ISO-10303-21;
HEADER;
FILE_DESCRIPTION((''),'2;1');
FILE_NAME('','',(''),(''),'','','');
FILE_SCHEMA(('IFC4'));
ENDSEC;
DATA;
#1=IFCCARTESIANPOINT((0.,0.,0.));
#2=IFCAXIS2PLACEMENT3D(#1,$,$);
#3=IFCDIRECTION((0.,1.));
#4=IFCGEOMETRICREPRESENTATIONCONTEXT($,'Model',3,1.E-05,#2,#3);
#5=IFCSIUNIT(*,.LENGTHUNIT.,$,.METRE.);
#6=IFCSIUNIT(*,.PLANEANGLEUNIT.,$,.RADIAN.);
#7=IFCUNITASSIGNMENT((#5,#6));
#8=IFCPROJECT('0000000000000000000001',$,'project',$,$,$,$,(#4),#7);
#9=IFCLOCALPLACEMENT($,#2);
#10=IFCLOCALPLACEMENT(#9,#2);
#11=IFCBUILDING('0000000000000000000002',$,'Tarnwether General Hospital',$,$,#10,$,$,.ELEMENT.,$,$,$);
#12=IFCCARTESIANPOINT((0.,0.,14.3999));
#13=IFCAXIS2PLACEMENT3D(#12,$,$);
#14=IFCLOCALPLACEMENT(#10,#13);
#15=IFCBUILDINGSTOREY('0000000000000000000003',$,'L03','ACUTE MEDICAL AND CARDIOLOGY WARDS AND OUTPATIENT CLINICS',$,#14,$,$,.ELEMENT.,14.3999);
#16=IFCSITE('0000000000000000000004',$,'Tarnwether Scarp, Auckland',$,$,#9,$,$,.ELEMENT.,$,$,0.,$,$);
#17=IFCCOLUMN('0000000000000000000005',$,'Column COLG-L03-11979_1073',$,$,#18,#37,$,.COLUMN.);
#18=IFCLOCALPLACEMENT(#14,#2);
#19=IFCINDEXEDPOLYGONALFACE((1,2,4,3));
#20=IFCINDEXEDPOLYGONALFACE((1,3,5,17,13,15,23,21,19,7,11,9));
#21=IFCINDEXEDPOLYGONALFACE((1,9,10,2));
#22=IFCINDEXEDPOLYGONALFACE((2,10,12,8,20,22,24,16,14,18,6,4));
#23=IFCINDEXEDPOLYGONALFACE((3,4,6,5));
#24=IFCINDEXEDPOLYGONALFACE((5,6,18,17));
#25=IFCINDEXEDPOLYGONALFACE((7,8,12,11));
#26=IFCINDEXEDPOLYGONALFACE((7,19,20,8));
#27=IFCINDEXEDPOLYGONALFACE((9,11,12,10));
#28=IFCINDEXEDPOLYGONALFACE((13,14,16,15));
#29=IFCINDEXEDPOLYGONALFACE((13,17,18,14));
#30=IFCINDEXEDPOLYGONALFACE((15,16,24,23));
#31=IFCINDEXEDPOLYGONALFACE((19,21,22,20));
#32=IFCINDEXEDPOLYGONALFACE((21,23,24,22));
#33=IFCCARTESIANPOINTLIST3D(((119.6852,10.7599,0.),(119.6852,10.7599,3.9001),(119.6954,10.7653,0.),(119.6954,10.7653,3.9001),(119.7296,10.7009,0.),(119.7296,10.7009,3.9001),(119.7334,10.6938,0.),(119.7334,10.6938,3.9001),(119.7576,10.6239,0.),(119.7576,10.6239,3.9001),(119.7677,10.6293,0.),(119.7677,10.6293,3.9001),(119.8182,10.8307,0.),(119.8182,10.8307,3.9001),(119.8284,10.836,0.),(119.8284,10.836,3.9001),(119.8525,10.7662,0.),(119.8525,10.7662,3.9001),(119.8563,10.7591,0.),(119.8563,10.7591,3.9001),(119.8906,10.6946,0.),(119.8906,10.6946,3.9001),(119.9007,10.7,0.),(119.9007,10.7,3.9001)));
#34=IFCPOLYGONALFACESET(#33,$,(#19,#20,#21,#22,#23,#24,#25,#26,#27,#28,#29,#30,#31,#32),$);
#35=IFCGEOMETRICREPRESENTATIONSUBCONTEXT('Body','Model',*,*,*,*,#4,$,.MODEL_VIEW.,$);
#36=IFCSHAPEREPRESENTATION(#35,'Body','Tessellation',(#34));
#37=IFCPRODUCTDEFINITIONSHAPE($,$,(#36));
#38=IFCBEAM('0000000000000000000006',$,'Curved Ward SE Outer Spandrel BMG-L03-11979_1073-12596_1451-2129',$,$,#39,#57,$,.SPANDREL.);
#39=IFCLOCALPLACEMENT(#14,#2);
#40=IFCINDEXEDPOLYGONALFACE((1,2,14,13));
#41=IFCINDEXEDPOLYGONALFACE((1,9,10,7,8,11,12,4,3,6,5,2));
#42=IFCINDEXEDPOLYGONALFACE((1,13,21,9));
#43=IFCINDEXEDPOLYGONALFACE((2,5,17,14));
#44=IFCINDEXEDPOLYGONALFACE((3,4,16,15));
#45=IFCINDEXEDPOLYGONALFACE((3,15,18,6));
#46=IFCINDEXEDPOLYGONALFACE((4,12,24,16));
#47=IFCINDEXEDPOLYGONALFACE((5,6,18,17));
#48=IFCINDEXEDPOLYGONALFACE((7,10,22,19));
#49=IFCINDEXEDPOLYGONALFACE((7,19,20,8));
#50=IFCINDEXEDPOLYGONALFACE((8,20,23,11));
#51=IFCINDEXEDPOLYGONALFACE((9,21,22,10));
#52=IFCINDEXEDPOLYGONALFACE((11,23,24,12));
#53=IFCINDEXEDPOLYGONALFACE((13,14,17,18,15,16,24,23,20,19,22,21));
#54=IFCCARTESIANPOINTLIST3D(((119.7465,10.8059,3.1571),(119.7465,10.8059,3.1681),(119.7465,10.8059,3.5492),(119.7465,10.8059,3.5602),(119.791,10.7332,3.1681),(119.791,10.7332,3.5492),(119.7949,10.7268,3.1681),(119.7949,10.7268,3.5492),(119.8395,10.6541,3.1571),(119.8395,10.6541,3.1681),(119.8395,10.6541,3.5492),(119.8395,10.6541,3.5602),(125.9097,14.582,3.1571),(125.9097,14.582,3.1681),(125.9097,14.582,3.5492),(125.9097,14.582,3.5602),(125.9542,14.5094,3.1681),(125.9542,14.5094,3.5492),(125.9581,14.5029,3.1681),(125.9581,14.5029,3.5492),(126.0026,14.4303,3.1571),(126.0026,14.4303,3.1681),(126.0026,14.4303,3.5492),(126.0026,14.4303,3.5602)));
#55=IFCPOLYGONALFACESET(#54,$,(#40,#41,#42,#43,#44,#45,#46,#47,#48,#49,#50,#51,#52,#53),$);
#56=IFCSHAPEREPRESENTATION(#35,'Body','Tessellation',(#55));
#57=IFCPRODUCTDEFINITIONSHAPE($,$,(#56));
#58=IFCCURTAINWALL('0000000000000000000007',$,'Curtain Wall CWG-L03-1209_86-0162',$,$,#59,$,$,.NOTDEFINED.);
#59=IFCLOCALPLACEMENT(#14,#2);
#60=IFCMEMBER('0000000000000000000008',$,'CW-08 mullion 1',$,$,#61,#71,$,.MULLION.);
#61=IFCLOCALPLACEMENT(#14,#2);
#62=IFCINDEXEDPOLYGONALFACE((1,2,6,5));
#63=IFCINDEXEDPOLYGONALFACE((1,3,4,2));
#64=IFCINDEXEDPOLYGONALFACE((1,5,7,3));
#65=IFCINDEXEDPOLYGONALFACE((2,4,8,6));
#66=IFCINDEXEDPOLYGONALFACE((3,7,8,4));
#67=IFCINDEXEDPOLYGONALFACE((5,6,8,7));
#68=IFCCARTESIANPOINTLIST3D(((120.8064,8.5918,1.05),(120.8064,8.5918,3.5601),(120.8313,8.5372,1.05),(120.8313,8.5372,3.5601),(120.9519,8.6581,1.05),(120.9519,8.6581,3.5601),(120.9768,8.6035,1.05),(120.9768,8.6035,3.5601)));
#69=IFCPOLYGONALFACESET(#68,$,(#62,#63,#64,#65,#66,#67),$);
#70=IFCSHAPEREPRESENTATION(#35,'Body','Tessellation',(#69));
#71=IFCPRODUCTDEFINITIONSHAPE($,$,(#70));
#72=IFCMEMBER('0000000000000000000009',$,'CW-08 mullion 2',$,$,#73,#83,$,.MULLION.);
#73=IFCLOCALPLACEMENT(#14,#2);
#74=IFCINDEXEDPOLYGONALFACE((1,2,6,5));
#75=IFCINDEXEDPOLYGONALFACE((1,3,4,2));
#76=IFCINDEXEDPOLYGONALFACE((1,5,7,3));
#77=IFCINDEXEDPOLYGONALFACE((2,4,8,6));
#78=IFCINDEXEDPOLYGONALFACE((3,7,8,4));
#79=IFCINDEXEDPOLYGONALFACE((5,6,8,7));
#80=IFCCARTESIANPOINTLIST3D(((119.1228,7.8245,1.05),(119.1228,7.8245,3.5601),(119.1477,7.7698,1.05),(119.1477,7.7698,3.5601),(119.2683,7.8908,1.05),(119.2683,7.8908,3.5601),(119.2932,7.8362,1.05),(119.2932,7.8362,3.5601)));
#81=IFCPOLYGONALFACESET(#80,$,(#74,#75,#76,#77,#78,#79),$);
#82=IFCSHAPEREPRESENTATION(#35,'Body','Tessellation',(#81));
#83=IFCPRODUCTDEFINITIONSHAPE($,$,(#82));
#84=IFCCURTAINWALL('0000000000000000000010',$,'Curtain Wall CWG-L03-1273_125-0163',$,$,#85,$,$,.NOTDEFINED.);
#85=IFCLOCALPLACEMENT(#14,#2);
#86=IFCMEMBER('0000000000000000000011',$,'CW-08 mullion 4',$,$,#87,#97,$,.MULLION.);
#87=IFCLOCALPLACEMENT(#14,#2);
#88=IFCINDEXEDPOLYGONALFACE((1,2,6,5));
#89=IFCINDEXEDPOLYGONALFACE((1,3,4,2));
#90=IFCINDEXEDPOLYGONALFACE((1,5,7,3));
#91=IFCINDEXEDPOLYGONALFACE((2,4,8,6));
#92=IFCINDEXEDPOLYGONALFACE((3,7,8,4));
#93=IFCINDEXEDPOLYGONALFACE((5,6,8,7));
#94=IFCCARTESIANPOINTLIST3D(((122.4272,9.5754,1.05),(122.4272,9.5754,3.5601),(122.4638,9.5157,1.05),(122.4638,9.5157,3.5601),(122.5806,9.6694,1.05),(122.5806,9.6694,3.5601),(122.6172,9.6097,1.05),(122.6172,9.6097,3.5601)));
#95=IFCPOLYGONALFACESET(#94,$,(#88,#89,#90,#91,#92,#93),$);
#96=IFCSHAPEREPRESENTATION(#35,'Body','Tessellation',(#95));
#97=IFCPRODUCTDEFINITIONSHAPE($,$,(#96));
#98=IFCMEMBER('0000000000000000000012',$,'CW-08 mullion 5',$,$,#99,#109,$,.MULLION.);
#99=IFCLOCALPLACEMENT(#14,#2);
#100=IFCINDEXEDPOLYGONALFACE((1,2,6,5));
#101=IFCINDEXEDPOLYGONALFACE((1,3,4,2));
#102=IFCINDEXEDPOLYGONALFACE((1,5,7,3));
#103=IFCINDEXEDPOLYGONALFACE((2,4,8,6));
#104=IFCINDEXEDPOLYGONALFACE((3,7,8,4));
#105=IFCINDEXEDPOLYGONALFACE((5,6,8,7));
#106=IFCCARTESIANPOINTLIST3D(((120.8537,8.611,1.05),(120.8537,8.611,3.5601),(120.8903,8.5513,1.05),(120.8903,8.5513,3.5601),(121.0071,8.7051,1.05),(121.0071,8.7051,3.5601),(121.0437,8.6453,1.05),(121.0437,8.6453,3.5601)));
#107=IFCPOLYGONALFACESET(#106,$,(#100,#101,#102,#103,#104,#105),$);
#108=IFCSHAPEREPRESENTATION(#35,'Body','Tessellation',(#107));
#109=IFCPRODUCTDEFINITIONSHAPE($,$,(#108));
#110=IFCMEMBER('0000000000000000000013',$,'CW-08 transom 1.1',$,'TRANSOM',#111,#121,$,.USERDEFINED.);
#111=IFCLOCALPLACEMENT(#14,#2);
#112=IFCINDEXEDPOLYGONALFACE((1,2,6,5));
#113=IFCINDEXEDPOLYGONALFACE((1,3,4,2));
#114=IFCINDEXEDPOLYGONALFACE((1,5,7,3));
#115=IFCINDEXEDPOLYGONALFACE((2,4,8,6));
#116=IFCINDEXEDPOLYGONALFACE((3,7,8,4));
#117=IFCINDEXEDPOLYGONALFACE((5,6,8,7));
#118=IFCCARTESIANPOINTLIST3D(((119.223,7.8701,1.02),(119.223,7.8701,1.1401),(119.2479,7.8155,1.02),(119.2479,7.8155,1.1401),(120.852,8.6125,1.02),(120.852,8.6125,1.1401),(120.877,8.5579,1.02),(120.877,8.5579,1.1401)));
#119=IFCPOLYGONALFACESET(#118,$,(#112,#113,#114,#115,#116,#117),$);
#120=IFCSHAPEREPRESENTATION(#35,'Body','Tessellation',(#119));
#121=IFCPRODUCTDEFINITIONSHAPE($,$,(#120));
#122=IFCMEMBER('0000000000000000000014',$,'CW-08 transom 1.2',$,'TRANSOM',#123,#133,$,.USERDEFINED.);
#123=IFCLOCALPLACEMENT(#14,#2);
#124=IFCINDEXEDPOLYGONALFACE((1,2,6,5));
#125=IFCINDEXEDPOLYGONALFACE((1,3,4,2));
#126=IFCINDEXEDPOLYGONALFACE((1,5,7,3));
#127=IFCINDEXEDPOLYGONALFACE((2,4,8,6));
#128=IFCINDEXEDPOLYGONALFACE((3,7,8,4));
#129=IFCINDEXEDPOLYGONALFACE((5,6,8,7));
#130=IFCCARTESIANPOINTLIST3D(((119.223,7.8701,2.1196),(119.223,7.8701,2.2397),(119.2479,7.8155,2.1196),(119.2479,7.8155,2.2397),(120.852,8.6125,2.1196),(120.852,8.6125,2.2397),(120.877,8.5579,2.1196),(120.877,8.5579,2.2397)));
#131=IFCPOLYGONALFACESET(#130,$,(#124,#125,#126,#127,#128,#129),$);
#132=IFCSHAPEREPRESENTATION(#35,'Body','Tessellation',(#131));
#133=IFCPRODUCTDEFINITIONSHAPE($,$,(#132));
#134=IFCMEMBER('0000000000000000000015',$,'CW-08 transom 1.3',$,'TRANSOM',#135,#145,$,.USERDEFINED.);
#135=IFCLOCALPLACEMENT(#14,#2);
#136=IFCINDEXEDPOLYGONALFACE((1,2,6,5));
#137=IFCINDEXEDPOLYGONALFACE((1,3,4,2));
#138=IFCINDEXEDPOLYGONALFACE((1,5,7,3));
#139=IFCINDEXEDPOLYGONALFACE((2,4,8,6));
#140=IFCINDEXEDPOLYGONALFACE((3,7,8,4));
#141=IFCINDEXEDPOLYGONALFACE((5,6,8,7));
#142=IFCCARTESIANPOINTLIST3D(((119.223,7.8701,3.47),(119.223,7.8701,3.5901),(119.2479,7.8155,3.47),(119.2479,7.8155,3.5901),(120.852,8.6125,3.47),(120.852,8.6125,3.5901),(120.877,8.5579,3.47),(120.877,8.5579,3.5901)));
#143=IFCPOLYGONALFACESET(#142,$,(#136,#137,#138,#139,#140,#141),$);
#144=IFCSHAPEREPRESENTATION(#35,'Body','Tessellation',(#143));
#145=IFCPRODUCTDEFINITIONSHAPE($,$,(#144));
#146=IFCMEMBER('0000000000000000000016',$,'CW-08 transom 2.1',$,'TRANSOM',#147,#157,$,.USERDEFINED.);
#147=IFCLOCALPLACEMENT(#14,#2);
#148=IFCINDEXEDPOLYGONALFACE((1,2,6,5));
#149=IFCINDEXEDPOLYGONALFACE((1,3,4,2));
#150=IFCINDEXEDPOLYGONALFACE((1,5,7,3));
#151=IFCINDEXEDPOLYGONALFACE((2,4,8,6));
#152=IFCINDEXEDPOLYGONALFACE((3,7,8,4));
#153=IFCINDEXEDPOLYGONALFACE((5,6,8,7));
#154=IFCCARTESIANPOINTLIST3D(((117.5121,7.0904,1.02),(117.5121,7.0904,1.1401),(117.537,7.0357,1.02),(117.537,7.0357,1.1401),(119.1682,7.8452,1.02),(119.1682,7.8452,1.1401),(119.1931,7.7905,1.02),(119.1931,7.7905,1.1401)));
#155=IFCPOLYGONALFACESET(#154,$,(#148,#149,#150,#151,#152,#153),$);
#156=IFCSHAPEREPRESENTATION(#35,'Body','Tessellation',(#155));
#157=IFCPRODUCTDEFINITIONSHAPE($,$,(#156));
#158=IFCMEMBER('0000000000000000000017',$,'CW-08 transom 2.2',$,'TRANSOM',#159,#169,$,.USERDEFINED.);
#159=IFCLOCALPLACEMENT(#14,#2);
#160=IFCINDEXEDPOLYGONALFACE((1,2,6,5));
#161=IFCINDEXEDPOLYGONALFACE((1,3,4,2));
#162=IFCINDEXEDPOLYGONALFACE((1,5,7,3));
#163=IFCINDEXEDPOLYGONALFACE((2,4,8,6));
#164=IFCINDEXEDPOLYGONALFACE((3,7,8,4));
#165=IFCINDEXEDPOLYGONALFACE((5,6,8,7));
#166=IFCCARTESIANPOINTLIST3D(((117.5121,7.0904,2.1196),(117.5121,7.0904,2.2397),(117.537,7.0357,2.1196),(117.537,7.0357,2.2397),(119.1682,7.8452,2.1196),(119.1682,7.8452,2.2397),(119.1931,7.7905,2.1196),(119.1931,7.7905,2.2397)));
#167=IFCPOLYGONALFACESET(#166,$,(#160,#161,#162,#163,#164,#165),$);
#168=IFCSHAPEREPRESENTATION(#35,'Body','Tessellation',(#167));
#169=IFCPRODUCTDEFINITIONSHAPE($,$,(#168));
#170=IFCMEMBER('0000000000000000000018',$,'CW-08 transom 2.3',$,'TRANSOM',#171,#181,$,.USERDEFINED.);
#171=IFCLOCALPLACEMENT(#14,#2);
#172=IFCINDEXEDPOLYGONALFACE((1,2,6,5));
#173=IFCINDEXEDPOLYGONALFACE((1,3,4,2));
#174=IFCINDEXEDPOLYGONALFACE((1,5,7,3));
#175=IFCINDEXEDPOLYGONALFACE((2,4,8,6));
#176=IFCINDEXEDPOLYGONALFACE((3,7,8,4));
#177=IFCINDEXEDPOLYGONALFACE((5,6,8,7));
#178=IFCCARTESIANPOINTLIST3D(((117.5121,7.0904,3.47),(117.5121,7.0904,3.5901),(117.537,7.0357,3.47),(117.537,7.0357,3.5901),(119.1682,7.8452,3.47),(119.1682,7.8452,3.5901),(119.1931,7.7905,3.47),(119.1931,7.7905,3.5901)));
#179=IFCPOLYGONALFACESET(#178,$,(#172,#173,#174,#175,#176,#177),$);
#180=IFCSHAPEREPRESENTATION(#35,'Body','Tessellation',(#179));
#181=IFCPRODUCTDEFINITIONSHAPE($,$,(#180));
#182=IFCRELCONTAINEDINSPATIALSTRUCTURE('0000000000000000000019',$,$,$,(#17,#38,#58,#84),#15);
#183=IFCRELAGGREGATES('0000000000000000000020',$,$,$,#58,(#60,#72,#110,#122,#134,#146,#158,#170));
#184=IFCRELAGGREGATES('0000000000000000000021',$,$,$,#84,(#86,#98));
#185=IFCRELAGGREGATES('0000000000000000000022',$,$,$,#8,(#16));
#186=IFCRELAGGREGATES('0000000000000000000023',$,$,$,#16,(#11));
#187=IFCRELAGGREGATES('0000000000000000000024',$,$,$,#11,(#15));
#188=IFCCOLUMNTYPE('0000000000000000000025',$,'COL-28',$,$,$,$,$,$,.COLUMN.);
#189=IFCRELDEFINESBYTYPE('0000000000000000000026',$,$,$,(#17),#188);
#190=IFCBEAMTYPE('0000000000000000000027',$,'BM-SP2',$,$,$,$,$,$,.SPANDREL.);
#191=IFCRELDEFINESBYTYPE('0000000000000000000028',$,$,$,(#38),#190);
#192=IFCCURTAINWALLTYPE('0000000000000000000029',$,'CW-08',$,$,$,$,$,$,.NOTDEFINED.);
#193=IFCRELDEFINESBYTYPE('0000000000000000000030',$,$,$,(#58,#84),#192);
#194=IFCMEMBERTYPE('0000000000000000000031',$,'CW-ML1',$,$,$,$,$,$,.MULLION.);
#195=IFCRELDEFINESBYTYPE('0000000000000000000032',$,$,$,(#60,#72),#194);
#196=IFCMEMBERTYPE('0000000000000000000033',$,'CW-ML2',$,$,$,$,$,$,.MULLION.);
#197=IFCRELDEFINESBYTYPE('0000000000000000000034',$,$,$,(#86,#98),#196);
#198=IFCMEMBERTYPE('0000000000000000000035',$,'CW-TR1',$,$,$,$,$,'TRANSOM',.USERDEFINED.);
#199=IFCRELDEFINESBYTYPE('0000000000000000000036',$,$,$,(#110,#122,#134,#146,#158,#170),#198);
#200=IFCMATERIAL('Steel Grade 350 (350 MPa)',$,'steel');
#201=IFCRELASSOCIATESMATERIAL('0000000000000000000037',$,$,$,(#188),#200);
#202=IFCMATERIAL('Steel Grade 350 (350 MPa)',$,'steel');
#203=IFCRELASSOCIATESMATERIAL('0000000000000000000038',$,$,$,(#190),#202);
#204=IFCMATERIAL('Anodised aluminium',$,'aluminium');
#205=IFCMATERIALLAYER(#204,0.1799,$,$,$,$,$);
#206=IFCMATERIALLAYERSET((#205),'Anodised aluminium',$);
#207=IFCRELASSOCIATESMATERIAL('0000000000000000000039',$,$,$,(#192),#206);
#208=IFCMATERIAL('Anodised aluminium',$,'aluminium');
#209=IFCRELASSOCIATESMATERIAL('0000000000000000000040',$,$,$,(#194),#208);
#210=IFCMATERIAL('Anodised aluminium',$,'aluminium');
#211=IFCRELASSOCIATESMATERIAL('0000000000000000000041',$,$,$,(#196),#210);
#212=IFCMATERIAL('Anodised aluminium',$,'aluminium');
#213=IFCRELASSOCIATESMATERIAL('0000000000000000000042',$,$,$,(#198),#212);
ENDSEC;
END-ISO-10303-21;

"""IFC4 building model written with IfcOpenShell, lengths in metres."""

from ifc_helpers import new_model, si_unit, direction, frame, origin, origin_2d, place, context, subcontext, project, spatial, rectangle, i_section, extrude, material, layer, layer_set, material_profile, profile_set, type_object, element, aggregate, save


model = new_model("IFC4")

# Units and contexts
model_context = context("Model", 3, precision=1e-05, world=origin(), true_north=direction((0.0, 1.0)))
body_context = subcontext(model_context, "Body", "Model", "MODEL_VIEW")
ifc_project = project(units=[si_unit("LENGTHUNIT", "METRE"), si_unit("PLANEANGLEUNIT", "RADIAN")], contexts=[model_context])

# Site, building, storey
site_placement = place(None, origin())
site = spatial("IfcSite", under=ifc_project, at=site_placement, Name="Tarnwether Scarp, Auckland", CompositionType="ELEMENT", RefElevation=0.0)
building_placement = place(site_placement, origin())
building = spatial("IfcBuilding", under=site, at=building_placement, Name="Tarnwether General Hospital", CompositionType="ELEMENT")
storey_placement = place(building_placement, frame((0.0, 0.0, 14.3999)))
storey = spatial("IfcBuildingStorey", under=building, at=storey_placement, Name="L03", Description="ACUTE MEDICAL AND CARDIOLOGY WARDS AND OUTPATIENT CLINICS", CompositionType="ELEMENT", Elevation=14.3999)

# Column
ifc_material_1 = material(Name="Steel Grade 350 (350 MPa)", Category="steel")
ifc_material_profile_1 = material_profile(ifc_material_1, i_section(OverallWidth=0.1541, OverallDepth=0.1621, WebThickness=0.0081, FlangeThickness=0.0115, at=origin_2d()), Name="150UC37.2")
ifc_profile_set_1 = profile_set([ifc_material_profile_1], Name="Steel Grade 350 (350 MPa)")
column_type = type_object("IfcColumnType", Name="COL-28", PredefinedType="COLUMN", material=ifc_profile_set_1)
column_placement = place(storey_placement, frame((119.793, 10.73, 0.0), z_axis=(0.0, 0.0, 1.0), x_axis=(-0.469472, 0.882948, 0.0)))
element("IfcColumn", 1, at=column_placement, inside=storey, type_object=column_type, Name="Column COLG-L03-11979_1073", PredefinedType="COLUMN", context=body_context, shape_type="SweptSolid", body=[
    extrude(i_section(OverallWidth=0.1541, OverallDepth=0.1621, WebThickness=0.0081, FlangeThickness=0.0115, at=origin_2d()), origin(), (0.0, 0.0, 1.0), 3.9001),
])

# Beam
ifc_material_2 = material(Name="Steel Grade 350 (350 MPa)", Category="steel")
ifc_material_profile_2 = material_profile(ifc_material_2, i_section(OverallWidth=0.178, OverallDepth=0.4031, WebThickness=0.0076, FlangeThickness=0.011, at=origin_2d()), Name="410UB53.7")
ifc_profile_set_2 = profile_set([ifc_material_profile_2], Name="Steel Grade 350 (350 MPa)")
beam_type = type_object("IfcBeamType", Name="BM-SP2", PredefinedType="SPANDREL", material=ifc_profile_set_2)
beam_placement = place(storey_placement, frame((119.793, 10.73, 3.3586), z_axis=(0.852678, 0.522436, 0.0), x_axis=(-0.522436, 0.852678, 0.0)))
element("IfcBeam", 2, at=beam_placement, inside=storey, type_object=beam_type, Name="Curved Ward SE Outer Spandrel BMG-L03-11979_1073-12596_1451-2129", PredefinedType="SPANDREL", context=body_context, shape_type="SweptSolid", body=[
    extrude(i_section(OverallWidth=0.178, OverallDepth=0.4031, WebThickness=0.0076, FlangeThickness=0.011, at=origin_2d()), origin(), (0.0, 0.0, 1.0), 7.228),
])

# Curtain walls, members
ifc_material_3 = material(Name="Anodised aluminium", Category="aluminium")
ifc_layer_1 = layer(ifc_material_3, 0.1799)
ifc_layer_set_1 = layer_set([ifc_layer_1], Name="Anodised aluminium")
curtain_wall_type = type_object("IfcCurtainWallType", Name="CW-08", PredefinedType="NOTDEFINED", material=ifc_layer_set_1)
curtain_wall_1_placement = place(storey_placement, origin())
curtain_wall_1 = element("IfcCurtainWall", 3, at=curtain_wall_1_placement, inside=storey, type_object=curtain_wall_type, Name="Curtain Wall CWG-L03-1209_86-0162", PredefinedType="NOTDEFINED")
ifc_material_4 = material(Name="Anodised aluminium", Category="aluminium")
ifc_material_profile_3 = material_profile(ifc_material_4, rectangle(XDim=0.0601, YDim=0.1599, at=origin_2d()), Name="ALU-MUL-60x160")
ifc_profile_set_3 = profile_set([ifc_material_profile_3], Name="Anodised aluminium")
member_type_1 = type_object("IfcMemberType", Name="CW-ML1", PredefinedType="MULLION", material=ifc_profile_set_3)
member_1_placement = place(storey_placement, frame((120.8916, 8.5977, 1.05), z_axis=(0.0, 0.0, 1.0), x_axis=(0.414694, -0.909961, 0.0)))
member_1 = element("IfcMember", 4, at=member_1_placement, type_object=member_type_1, Name="CW-08 mullion 1", PredefinedType="MULLION", context=body_context, shape_type="SweptSolid", body=[
    extrude(rectangle(XDim=0.0601, YDim=0.1599, at=origin_2d()), origin(), (0.0, 0.0, 1.0), 2.51),
])
member_2_placement = place(storey_placement, frame((119.208, 7.8303, 1.05), z_axis=(0.0, 0.0, 1.0), x_axis=(0.414694, -0.909961, 0.0)))
member_2 = element("IfcMember", 5, at=member_2_placement, type_object=member_type_1, Name="CW-08 mullion 2", PredefinedType="MULLION", context=body_context, shape_type="SweptSolid", body=[
    extrude(rectangle(XDim=0.0601, YDim=0.1599, at=origin_2d()), origin(), (0.0, 0.0, 1.0), 2.51),
])
curtain_wall_2_placement = place(storey_placement, origin())
curtain_wall_2 = element("IfcCurtainWall", 6, at=curtain_wall_2_placement, inside=storey, type_object=curtain_wall_type, Name="Curtain Wall CWG-L03-1273_125-0163", PredefinedType="NOTDEFINED")
ifc_material_5 = material(Name="Anodised aluminium", Category="aluminium")
ifc_material_profile_4 = material_profile(ifc_material_5, rectangle(XDim=0.0701, YDim=0.1799, at=origin_2d()), Name="ALU-MUL-70x180")
ifc_profile_set_4 = profile_set([ifc_material_profile_4], Name="Anodised aluminium")
member_type_2 = type_object("IfcMemberType", Name="CW-ML2", PredefinedType="MULLION", material=ifc_profile_set_4)
member_3_placement = place(storey_placement, frame((122.5222, 9.5925, 1.05), z_axis=(0.0, 0.0, 1.0), x_axis=(0.522509, -0.852634, 0.0)))
member_3 = element("IfcMember", 7, at=member_3_placement, type_object=member_type_2, Name="CW-08 mullion 4", PredefinedType="MULLION", context=body_context, shape_type="SweptSolid", body=[
    extrude(rectangle(XDim=0.0701, YDim=0.1799, at=origin_2d()), origin(), (0.0, 0.0, 1.0), 2.51),
])
member_4_placement = place(storey_placement, frame((120.9487, 8.6282, 1.05), z_axis=(0.0, 0.0, 1.0), x_axis=(0.522509, -0.852634, 0.0)))
member_4 = element("IfcMember", 8, at=member_4_placement, type_object=member_type_2, Name="CW-08 mullion 5", PredefinedType="MULLION", context=body_context, shape_type="SweptSolid", body=[
    extrude(rectangle(XDim=0.0701, YDim=0.1799, at=origin_2d()), origin(), (0.0, 0.0, 1.0), 2.51),
])

# Members
ifc_material_6 = material(Name="Anodised aluminium", Category="aluminium")
ifc_material_profile_5 = material_profile(ifc_material_6, rectangle(XDim=0.0601, YDim=0.1201, at=origin_2d()), Name="ALU-TRN-60x120")
ifc_profile_set_5 = profile_set([ifc_material_profile_5], Name="Anodised aluminium")
member_type_3 = type_object("IfcMemberType", Name="CW-TR1", ElementType="TRANSOM", PredefinedType="USERDEFINED", material=ifc_profile_set_5)
member_5_placement = place(storey_placement, frame((120.8645, 8.5852, 1.0801), z_axis=(-0.909964, -0.414686, 0.0), x_axis=(0.414686, -0.909964, 0.0)))
member_5 = element("IfcMember", 9, at=member_5_placement, type_object=member_type_3, Name="CW-08 transom 1.1", ObjectType="TRANSOM", PredefinedType="USERDEFINED", context=body_context, shape_type="SweptSolid", body=[
    extrude(rectangle(XDim=0.0601, YDim=0.1201, at=origin_2d()), origin(), (0.0, 0.0, 1.0), 1.7903),
])
member_6_placement = place(storey_placement, frame((120.8645, 8.5852, 2.1797), z_axis=(-0.909964, -0.414686, 0.0), x_axis=(0.414686, -0.909964, 0.0)))
member_6 = element("IfcMember", 10, at=member_6_placement, type_object=member_type_3, Name="CW-08 transom 1.2", ObjectType="TRANSOM", PredefinedType="USERDEFINED", context=body_context, shape_type="SweptSolid", body=[
    extrude(rectangle(XDim=0.0601, YDim=0.1201, at=origin_2d()), origin(), (0.0, 0.0, 1.0), 1.7903),
])
member_7_placement = place(storey_placement, frame((120.8645, 8.5852, 3.53), z_axis=(-0.909964, -0.414686, 0.0), x_axis=(0.414686, -0.909964, 0.0)))
member_7 = element("IfcMember", 11, at=member_7_placement, type_object=member_type_3, Name="CW-08 transom 1.3", ObjectType="TRANSOM", PredefinedType="USERDEFINED", context=body_context, shape_type="SweptSolid", body=[
    extrude(rectangle(XDim=0.0601, YDim=0.1201, at=origin_2d()), origin(), (0.0, 0.0, 1.0), 1.7903),
])
member_8_placement = place(storey_placement, frame((119.1807, 7.8179, 1.0801), z_axis=(-0.909943, -0.414732, 0.0), x_axis=(0.414732, -0.909943, 0.0)))
member_8 = element("IfcMember", 12, at=member_8_placement, type_object=member_type_3, Name="CW-08 transom 2.1", ObjectType="TRANSOM", PredefinedType="USERDEFINED", context=body_context, shape_type="SweptSolid", body=[
    extrude(rectangle(XDim=0.0601, YDim=0.1201, at=origin_2d()), origin(), (0.0, 0.0, 1.0), 1.8201),
])
member_9_placement = place(storey_placement, frame((119.1807, 7.8179, 2.1797), z_axis=(-0.909943, -0.414732, 0.0), x_axis=(0.414732, -0.909943, 0.0)))
member_9 = element("IfcMember", 13, at=member_9_placement, type_object=member_type_3, Name="CW-08 transom 2.2", ObjectType="TRANSOM", PredefinedType="USERDEFINED", context=body_context, shape_type="SweptSolid", body=[
    extrude(rectangle(XDim=0.0601, YDim=0.1201, at=origin_2d()), origin(), (0.0, 0.0, 1.0), 1.8201),
])
member_10_placement = place(storey_placement, frame((119.1807, 7.8179, 3.53), z_axis=(-0.909943, -0.414732, 0.0), x_axis=(0.414732, -0.909943, 0.0)))
member_10 = element("IfcMember", 14, at=member_10_placement, type_object=member_type_3, Name="CW-08 transom 2.3", ObjectType="TRANSOM", PredefinedType="USERDEFINED", context=body_context, shape_type="SweptSolid", body=[
    extrude(rectangle(XDim=0.0601, YDim=0.1201, at=origin_2d()), origin(), (0.0, 0.0, 1.0), 1.8201),
])

aggregate(curtain_wall_1, [member_1, member_2, member_5, member_6, member_7, member_8, member_9, member_10])
aggregate(curtain_wall_2, [member_3, member_4])

save(model, "model.ifc")
